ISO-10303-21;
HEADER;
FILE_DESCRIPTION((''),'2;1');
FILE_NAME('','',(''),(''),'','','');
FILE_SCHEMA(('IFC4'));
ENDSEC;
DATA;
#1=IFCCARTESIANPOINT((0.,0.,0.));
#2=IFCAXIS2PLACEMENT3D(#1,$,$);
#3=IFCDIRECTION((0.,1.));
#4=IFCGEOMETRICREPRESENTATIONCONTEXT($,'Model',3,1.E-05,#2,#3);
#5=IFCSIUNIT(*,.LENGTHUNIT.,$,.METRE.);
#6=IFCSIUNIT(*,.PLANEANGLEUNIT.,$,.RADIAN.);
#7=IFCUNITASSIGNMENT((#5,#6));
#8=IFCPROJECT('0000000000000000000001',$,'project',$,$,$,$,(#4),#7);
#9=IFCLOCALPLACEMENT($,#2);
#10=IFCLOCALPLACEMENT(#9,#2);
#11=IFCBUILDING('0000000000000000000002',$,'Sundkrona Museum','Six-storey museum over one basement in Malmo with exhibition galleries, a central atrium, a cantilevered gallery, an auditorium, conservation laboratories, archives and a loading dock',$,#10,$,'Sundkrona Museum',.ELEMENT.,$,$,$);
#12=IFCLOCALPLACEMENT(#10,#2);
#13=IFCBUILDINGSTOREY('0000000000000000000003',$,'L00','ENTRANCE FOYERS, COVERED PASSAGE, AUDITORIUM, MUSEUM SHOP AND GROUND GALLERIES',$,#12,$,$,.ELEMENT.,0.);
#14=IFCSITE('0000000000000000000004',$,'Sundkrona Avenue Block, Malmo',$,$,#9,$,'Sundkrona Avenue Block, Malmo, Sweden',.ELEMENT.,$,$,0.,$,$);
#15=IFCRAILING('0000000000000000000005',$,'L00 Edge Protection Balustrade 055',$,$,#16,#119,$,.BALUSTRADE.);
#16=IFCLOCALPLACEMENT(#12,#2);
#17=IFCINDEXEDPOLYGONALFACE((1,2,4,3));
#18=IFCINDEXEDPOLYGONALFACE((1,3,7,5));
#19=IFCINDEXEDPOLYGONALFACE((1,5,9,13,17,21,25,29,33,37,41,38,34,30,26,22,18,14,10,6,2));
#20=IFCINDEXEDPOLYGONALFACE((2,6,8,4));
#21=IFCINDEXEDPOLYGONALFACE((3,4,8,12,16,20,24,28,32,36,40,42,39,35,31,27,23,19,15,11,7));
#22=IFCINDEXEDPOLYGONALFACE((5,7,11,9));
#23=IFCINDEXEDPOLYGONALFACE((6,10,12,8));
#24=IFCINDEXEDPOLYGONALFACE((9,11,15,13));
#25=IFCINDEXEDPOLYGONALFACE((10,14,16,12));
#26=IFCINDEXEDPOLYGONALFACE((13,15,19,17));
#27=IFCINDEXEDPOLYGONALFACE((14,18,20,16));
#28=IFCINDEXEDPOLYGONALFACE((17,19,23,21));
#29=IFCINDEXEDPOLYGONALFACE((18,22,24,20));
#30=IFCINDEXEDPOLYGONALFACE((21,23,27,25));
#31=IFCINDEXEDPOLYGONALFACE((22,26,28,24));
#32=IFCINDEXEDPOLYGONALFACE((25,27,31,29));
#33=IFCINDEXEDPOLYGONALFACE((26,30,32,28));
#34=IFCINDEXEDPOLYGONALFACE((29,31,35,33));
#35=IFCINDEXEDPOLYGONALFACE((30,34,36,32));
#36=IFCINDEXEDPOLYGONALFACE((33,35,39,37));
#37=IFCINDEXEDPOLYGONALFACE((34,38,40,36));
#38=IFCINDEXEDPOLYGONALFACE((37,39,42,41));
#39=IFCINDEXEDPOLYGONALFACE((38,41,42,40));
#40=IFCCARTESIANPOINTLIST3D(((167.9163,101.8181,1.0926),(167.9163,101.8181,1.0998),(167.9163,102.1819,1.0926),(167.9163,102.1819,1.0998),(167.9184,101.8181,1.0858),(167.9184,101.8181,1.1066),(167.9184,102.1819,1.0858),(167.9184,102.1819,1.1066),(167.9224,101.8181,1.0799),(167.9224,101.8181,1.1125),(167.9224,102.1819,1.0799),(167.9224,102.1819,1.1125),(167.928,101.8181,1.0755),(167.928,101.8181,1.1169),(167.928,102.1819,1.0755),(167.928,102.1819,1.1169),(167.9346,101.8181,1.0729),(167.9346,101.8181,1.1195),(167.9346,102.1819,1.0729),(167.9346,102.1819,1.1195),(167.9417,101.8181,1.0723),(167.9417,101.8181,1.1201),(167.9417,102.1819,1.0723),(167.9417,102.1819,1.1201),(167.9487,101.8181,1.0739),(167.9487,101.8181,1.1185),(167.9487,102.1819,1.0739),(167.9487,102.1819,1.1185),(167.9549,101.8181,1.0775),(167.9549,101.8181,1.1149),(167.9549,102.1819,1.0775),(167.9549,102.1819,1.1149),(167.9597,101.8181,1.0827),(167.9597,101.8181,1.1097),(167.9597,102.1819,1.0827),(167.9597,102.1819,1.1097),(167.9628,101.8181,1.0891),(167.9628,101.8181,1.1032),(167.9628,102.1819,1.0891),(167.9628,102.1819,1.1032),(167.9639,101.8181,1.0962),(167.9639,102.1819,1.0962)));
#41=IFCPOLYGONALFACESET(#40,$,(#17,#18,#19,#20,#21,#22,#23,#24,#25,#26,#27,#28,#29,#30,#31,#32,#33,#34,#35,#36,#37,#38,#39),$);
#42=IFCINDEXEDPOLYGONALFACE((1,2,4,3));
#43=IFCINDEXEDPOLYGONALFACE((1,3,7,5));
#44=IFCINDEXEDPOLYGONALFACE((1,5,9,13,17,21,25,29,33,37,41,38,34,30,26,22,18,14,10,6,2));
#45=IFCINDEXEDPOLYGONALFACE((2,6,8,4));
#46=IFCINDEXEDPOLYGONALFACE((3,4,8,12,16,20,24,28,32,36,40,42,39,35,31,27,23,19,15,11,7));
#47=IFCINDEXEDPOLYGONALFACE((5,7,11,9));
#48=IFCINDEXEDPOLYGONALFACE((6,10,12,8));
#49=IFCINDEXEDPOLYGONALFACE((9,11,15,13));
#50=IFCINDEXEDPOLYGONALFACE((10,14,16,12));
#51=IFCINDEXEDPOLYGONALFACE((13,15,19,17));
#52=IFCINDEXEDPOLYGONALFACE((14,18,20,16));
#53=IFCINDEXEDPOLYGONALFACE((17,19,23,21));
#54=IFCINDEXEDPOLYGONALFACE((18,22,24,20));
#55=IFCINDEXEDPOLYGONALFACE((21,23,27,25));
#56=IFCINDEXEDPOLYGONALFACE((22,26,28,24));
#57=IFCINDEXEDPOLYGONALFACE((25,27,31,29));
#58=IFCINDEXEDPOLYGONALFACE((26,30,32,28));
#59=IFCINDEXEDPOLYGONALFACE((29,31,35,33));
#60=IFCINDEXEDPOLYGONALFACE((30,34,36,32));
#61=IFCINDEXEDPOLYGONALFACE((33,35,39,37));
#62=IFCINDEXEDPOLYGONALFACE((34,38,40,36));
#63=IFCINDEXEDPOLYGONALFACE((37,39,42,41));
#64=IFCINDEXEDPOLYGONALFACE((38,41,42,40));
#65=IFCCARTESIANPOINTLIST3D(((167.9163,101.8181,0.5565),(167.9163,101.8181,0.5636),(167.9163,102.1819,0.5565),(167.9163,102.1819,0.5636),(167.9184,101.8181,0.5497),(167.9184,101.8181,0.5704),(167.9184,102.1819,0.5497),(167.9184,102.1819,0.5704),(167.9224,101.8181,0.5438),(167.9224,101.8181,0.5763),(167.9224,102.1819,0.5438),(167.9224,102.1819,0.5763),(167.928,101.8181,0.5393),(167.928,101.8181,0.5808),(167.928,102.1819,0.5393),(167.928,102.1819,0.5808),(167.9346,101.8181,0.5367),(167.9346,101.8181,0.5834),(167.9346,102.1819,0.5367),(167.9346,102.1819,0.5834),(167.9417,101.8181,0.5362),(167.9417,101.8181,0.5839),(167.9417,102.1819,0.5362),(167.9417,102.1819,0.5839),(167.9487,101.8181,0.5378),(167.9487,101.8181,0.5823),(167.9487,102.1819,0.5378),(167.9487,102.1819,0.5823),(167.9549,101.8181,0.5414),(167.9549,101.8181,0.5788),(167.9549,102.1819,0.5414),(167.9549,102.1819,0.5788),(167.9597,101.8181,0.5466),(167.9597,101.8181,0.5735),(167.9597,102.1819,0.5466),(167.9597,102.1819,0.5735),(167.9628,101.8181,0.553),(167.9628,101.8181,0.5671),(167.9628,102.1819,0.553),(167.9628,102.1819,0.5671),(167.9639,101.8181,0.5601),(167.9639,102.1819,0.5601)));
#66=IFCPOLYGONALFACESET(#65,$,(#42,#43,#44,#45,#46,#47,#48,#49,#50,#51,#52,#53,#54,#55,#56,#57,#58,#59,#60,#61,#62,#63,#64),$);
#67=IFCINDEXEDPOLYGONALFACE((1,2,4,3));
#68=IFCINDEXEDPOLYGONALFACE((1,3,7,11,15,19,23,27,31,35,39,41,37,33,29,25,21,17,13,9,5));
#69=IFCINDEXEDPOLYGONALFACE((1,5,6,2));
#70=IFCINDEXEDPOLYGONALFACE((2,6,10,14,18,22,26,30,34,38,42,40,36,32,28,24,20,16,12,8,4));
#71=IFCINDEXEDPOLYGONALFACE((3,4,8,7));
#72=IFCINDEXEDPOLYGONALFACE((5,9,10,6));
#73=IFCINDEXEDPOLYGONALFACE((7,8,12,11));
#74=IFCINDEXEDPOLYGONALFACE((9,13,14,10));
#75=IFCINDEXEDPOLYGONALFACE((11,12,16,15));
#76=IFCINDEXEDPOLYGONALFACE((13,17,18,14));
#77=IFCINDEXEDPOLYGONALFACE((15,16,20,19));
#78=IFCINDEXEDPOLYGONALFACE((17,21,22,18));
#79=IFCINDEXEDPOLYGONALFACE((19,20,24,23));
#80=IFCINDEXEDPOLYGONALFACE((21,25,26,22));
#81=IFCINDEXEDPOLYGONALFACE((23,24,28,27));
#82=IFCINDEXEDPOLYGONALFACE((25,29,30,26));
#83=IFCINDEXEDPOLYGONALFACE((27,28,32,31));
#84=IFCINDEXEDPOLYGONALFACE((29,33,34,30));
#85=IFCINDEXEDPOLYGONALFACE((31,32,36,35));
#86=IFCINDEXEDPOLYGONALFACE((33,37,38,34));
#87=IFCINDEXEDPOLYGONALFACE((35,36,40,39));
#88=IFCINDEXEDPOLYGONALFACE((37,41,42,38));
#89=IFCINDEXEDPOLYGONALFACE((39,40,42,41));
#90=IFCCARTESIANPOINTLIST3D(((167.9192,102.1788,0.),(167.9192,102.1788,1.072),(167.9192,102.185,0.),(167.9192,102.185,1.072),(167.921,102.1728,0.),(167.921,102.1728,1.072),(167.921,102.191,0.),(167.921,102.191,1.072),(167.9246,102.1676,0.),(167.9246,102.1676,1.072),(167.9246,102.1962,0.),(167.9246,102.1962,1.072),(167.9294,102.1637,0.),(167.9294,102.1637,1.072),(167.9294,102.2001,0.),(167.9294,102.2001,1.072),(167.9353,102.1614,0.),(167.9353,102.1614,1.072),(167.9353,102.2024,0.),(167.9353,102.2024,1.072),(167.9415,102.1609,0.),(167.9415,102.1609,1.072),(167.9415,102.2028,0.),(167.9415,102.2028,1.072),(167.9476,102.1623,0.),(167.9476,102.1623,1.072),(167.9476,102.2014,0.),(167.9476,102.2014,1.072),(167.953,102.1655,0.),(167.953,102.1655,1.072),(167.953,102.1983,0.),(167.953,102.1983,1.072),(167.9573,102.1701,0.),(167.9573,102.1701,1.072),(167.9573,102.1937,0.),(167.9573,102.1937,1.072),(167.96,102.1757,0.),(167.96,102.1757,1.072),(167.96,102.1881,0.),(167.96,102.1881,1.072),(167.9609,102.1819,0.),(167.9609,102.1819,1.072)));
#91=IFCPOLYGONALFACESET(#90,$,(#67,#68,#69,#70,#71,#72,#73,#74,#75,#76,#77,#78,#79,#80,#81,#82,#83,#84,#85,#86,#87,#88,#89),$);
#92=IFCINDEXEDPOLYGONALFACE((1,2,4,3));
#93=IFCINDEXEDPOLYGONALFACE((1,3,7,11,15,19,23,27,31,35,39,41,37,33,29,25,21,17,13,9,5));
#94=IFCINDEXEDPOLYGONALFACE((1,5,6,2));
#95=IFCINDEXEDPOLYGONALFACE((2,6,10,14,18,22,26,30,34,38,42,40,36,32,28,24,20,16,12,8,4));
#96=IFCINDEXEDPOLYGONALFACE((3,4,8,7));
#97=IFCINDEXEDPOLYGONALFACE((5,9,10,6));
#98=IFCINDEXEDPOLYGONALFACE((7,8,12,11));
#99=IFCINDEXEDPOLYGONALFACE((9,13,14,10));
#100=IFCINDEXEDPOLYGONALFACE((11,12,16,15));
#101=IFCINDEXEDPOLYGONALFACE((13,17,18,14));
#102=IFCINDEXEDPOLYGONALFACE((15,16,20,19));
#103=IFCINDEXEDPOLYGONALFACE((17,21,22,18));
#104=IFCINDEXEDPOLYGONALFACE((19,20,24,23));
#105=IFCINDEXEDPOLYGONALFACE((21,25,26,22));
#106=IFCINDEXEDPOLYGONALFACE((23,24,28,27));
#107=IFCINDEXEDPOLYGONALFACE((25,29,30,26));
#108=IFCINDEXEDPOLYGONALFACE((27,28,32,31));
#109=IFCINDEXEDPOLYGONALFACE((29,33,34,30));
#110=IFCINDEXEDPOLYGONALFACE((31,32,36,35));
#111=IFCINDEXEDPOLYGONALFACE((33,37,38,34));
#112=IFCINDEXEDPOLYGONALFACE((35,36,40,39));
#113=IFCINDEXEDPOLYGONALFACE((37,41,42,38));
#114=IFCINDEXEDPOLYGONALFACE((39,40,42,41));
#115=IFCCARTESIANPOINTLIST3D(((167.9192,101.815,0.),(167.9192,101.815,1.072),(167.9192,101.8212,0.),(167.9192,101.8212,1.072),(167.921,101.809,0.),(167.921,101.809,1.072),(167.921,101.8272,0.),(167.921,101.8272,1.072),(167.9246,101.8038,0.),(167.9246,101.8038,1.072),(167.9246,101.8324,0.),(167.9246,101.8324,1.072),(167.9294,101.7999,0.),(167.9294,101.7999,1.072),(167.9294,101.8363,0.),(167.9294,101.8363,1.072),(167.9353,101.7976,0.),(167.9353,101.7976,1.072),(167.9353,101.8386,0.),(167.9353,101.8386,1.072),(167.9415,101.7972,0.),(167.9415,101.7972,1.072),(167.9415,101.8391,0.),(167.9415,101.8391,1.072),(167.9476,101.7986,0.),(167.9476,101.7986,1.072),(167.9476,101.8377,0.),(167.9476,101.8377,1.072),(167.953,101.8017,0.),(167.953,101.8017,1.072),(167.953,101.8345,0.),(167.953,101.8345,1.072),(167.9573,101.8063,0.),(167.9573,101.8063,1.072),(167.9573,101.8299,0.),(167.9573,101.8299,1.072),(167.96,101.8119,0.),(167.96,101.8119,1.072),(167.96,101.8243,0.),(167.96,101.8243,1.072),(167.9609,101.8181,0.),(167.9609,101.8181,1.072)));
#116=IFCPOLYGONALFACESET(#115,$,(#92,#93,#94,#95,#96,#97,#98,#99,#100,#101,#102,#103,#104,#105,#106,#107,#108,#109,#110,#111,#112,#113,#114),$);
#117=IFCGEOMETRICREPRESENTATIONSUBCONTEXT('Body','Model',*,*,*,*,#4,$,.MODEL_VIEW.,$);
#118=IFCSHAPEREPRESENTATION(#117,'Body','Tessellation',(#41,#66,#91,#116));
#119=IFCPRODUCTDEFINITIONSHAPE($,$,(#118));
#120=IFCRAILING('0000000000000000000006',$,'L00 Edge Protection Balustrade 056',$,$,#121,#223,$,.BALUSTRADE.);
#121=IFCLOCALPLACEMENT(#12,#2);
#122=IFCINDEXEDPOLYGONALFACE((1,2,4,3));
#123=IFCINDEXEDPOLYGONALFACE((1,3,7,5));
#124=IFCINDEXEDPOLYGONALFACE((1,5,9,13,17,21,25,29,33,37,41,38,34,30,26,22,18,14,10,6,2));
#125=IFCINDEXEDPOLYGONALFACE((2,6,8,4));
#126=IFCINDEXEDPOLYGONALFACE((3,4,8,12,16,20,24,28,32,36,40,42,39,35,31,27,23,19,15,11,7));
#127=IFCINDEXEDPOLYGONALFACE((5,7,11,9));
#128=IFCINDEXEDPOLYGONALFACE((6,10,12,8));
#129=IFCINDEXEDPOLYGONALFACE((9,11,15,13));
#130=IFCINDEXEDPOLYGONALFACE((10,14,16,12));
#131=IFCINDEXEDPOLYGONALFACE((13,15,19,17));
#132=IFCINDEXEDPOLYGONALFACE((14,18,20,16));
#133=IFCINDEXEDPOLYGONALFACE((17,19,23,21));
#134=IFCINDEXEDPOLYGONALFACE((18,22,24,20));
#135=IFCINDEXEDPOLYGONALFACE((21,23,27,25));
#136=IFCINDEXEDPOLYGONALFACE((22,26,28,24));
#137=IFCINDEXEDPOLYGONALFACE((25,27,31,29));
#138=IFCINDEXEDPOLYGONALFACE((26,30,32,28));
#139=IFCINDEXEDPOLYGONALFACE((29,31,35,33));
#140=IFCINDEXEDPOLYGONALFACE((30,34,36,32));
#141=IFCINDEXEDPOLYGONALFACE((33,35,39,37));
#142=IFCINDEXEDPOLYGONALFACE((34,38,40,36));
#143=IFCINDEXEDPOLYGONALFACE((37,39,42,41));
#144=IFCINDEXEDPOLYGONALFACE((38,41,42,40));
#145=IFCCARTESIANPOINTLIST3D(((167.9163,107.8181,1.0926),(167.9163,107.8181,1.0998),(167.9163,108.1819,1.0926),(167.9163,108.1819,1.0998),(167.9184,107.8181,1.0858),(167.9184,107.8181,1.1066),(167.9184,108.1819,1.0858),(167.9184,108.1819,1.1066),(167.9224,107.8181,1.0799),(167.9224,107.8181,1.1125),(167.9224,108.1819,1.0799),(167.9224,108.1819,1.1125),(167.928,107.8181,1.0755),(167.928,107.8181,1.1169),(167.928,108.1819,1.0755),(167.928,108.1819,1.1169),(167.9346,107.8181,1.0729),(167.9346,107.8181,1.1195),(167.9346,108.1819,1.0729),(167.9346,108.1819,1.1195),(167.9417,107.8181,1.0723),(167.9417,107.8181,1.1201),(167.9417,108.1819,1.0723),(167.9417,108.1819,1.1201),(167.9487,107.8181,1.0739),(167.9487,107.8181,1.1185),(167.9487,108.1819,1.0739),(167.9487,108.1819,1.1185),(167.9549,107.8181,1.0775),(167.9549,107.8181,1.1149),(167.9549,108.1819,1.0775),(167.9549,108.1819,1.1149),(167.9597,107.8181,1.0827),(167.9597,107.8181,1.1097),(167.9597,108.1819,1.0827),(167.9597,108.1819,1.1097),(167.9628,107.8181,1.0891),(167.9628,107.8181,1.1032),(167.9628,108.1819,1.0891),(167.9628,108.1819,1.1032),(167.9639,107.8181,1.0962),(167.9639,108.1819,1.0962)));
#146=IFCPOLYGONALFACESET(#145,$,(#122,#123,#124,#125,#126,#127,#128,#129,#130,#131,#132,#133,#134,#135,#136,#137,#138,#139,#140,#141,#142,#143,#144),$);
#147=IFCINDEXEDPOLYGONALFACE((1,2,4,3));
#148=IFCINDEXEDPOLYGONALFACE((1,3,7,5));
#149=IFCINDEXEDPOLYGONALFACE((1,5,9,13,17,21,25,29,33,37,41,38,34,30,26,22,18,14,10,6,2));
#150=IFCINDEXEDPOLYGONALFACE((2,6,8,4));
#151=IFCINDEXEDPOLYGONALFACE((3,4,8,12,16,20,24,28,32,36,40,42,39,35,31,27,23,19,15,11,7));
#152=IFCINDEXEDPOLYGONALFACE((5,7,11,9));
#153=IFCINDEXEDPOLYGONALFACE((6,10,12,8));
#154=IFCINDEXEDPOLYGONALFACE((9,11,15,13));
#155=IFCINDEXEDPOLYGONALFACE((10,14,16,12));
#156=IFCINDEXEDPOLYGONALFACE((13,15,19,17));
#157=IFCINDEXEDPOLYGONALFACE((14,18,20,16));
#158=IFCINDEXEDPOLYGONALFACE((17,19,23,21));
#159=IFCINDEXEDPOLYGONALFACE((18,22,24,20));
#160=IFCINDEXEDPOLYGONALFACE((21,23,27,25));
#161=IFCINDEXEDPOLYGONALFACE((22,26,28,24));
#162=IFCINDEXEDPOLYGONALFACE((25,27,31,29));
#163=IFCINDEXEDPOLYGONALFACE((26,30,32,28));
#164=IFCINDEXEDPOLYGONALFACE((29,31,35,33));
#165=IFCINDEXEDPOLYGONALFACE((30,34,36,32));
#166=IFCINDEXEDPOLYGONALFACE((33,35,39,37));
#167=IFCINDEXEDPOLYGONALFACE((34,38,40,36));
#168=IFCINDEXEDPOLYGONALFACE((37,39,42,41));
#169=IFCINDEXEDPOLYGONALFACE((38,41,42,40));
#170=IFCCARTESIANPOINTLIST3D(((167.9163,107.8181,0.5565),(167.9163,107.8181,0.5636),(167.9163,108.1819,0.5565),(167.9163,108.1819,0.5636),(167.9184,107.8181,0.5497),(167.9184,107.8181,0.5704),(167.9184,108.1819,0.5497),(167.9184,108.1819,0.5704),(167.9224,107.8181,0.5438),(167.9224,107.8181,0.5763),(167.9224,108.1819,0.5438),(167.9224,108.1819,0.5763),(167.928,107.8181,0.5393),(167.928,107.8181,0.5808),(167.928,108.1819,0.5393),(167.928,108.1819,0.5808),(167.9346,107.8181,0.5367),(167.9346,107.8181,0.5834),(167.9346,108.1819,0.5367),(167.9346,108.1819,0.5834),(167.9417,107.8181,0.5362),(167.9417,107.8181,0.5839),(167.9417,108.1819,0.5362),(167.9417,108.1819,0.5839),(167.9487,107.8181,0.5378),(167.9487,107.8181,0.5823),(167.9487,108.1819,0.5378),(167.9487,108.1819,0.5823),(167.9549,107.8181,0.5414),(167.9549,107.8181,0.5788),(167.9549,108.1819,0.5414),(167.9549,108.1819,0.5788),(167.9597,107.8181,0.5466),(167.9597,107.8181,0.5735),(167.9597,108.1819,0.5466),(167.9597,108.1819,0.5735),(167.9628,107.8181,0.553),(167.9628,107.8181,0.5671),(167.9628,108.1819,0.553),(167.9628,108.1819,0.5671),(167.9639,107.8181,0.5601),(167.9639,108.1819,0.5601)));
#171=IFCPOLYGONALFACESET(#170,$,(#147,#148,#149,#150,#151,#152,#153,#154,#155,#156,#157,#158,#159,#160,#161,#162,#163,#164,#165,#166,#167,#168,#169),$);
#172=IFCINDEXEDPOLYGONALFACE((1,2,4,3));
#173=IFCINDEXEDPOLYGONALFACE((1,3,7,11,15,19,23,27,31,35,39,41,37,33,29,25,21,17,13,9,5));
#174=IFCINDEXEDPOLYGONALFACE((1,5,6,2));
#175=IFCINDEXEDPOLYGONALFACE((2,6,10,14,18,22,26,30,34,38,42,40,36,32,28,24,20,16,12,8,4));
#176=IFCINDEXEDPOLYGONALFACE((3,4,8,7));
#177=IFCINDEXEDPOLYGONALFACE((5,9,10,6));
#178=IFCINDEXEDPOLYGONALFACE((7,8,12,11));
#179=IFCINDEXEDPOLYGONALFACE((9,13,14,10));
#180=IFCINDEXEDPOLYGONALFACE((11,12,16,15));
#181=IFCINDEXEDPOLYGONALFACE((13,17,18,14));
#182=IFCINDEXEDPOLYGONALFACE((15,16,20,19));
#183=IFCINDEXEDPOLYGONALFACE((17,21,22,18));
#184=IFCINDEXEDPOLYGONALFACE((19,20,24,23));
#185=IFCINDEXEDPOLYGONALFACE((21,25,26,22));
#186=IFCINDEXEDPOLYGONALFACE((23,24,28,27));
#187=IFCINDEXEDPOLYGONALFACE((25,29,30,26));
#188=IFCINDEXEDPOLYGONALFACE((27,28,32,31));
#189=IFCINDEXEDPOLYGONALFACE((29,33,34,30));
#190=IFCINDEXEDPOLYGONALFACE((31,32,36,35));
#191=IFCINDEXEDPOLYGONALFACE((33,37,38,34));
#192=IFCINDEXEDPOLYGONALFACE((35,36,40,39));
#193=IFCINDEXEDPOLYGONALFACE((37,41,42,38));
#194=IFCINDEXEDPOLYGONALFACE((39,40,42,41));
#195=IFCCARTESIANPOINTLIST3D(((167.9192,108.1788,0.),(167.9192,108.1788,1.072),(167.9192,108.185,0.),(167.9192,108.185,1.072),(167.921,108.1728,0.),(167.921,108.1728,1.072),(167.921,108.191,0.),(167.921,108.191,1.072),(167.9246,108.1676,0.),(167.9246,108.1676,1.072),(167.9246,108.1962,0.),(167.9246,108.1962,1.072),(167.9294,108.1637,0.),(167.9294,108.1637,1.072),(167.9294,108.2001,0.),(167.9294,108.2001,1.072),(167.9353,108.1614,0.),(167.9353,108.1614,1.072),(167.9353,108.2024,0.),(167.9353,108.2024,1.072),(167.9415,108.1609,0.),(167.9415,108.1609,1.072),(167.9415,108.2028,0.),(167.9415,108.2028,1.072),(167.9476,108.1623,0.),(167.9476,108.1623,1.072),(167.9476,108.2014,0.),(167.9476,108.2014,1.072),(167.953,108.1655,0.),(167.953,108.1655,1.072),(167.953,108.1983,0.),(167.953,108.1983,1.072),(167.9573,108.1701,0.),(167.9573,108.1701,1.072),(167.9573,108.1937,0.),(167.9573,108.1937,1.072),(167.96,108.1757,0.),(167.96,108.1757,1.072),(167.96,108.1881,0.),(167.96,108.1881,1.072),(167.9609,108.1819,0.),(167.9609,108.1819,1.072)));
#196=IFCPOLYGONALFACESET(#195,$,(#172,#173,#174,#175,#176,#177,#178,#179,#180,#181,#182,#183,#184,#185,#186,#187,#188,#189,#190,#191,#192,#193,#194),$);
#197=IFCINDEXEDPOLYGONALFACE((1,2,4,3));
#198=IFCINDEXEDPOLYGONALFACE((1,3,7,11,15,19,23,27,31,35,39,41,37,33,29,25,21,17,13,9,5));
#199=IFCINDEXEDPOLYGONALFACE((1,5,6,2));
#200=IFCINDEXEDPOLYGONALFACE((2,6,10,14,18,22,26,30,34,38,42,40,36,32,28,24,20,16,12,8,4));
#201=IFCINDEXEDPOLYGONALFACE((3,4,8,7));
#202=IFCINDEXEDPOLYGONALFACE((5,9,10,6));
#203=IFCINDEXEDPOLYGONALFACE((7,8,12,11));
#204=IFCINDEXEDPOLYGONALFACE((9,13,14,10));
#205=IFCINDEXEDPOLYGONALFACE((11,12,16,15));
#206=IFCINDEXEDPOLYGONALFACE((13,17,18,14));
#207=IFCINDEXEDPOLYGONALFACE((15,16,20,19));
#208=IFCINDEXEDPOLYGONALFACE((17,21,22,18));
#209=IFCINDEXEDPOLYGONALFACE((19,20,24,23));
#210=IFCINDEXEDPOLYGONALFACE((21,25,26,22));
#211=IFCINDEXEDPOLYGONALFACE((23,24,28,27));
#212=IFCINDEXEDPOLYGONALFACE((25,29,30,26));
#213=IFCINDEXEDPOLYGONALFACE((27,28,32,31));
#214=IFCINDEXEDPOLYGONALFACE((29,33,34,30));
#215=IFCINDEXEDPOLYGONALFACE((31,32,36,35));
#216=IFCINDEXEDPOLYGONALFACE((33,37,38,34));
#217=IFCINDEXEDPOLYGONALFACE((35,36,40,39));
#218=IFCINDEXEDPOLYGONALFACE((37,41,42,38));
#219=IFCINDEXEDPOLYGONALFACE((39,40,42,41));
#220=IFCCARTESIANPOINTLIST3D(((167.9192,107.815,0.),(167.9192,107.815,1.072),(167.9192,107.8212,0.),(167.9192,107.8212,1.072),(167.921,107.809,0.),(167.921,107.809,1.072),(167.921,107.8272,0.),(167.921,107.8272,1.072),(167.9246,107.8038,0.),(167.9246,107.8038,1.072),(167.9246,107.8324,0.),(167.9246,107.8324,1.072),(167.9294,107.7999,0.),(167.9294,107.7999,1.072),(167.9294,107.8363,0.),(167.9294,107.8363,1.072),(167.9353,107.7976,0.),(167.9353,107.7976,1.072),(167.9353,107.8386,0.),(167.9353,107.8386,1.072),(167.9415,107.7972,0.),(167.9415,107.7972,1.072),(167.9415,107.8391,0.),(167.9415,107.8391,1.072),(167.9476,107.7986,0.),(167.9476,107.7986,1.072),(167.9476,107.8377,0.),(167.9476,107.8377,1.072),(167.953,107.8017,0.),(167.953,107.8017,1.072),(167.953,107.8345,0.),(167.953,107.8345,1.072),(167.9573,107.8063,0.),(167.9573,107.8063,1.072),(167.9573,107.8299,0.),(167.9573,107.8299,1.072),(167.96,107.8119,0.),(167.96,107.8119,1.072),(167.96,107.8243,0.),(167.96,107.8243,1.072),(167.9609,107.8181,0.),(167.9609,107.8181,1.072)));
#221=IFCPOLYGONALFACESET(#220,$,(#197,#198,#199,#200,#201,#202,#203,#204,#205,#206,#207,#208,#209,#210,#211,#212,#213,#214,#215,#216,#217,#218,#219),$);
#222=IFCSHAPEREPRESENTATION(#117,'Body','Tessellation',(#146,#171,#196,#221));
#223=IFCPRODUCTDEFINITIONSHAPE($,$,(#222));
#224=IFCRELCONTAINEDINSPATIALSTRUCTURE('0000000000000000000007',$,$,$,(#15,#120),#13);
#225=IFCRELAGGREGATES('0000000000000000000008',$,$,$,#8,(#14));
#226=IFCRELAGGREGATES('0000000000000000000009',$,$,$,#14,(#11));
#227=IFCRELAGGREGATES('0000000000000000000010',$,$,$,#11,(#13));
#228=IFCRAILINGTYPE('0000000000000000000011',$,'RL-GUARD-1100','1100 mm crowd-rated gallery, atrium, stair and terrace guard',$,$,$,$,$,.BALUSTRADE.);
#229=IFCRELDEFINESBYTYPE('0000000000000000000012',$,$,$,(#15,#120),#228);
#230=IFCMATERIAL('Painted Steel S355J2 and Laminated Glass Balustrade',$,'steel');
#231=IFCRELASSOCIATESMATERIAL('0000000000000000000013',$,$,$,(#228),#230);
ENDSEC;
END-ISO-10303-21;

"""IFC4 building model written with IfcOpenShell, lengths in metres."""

from ifc_helpers import new_model, si_unit, direction, frame, origin, origin_2d, place, context, subcontext, project, spatial, circle, extrude, material, type_object, element, save


model = new_model("IFC4")

# Units and contexts
model_context = context("Model", 3, precision=1e-05, world=origin(), true_north=direction((0.0, 1.0)))
body_context = subcontext(model_context, "Body", "Model", "MODEL_VIEW")
ifc_project = project(units=[si_unit("LENGTHUNIT", "METRE"), si_unit("PLANEANGLEUNIT", "RADIAN")], contexts=[model_context])

# Site, building, storey
site_placement = place(None, origin())
site = spatial("IfcSite", under=ifc_project, at=site_placement, Name="Sundkrona Avenue Block, Malmo", LongName="Sundkrona Avenue Block, Malmo, Sweden", CompositionType="ELEMENT", RefElevation=0.0)
building_placement = place(site_placement, origin())
building = spatial("IfcBuilding", under=site, at=building_placement, Name="Sundkrona Museum", Description="Six-storey museum over one basement in Malmo with exhibition galleries, a central atrium, a cantilevered gallery, an auditorium, conservation laboratories, archives and a loading dock", LongName="Sundkrona Museum", CompositionType="ELEMENT")
storey_placement = place(building_placement, origin())
storey = spatial("IfcBuildingStorey", under=building, at=storey_placement, Name="L00", Description="ENTRANCE FOYERS, COVERED PASSAGE, AUDITORIUM, MUSEUM SHOP AND GROUND GALLERIES", CompositionType="ELEMENT", Elevation=0.0)

# Railings
ifc_material_1 = material(Name="Painted Steel S355J2 and Laminated Glass Balustrade", Category="steel")
railing_type = type_object("IfcRailingType", Name="RL-GUARD-1100", Description="1100 mm crowd-rated gallery, atrium, stair and terrace guard", PredefinedType="BALUSTRADE", material=ifc_material_1)
for number, where, name in (
    (1, (167.9399, 102.1819, 0.0), "L00 Edge Protection Balustrade 055"),
    (2, (167.9399, 108.1819, 0.0), "L00 Edge Protection Balustrade 056"),
):
    element("IfcRailing", number, at=place(storey_placement, frame(where)), inside=storey, type_object=railing_type, Name=name, PredefinedType="BALUSTRADE", context=body_context, shape_type="SweptSolid", body=[
        extrude(circle(Radius=0.0239, at=origin_2d()), frame((0.0, 0.0, 1.0962), z_axis=(0.0, -1.0, 0.0), x_axis=(1.0, 0.0, 0.0)), (0.0, 0.0, 1.0), 0.3638),
        extrude(circle(Radius=0.0239, at=origin_2d()), frame((0.0, 0.0, 0.5601), z_axis=(0.0, -1.0, 0.0), x_axis=(1.0, 0.0, 0.0)), (0.0, 0.0, 1.0), 0.3638),
        extrude(circle(Radius=0.021, at=origin_2d()), origin(), (0.0, 0.0, 1.0), 1.072),
        extrude(circle(Radius=0.021, at=origin_2d()), frame((0.0, -0.3638, 0.0)), (0.0, 0.0, 1.0), 1.072),
    ])

save(model, "model.ifc")
